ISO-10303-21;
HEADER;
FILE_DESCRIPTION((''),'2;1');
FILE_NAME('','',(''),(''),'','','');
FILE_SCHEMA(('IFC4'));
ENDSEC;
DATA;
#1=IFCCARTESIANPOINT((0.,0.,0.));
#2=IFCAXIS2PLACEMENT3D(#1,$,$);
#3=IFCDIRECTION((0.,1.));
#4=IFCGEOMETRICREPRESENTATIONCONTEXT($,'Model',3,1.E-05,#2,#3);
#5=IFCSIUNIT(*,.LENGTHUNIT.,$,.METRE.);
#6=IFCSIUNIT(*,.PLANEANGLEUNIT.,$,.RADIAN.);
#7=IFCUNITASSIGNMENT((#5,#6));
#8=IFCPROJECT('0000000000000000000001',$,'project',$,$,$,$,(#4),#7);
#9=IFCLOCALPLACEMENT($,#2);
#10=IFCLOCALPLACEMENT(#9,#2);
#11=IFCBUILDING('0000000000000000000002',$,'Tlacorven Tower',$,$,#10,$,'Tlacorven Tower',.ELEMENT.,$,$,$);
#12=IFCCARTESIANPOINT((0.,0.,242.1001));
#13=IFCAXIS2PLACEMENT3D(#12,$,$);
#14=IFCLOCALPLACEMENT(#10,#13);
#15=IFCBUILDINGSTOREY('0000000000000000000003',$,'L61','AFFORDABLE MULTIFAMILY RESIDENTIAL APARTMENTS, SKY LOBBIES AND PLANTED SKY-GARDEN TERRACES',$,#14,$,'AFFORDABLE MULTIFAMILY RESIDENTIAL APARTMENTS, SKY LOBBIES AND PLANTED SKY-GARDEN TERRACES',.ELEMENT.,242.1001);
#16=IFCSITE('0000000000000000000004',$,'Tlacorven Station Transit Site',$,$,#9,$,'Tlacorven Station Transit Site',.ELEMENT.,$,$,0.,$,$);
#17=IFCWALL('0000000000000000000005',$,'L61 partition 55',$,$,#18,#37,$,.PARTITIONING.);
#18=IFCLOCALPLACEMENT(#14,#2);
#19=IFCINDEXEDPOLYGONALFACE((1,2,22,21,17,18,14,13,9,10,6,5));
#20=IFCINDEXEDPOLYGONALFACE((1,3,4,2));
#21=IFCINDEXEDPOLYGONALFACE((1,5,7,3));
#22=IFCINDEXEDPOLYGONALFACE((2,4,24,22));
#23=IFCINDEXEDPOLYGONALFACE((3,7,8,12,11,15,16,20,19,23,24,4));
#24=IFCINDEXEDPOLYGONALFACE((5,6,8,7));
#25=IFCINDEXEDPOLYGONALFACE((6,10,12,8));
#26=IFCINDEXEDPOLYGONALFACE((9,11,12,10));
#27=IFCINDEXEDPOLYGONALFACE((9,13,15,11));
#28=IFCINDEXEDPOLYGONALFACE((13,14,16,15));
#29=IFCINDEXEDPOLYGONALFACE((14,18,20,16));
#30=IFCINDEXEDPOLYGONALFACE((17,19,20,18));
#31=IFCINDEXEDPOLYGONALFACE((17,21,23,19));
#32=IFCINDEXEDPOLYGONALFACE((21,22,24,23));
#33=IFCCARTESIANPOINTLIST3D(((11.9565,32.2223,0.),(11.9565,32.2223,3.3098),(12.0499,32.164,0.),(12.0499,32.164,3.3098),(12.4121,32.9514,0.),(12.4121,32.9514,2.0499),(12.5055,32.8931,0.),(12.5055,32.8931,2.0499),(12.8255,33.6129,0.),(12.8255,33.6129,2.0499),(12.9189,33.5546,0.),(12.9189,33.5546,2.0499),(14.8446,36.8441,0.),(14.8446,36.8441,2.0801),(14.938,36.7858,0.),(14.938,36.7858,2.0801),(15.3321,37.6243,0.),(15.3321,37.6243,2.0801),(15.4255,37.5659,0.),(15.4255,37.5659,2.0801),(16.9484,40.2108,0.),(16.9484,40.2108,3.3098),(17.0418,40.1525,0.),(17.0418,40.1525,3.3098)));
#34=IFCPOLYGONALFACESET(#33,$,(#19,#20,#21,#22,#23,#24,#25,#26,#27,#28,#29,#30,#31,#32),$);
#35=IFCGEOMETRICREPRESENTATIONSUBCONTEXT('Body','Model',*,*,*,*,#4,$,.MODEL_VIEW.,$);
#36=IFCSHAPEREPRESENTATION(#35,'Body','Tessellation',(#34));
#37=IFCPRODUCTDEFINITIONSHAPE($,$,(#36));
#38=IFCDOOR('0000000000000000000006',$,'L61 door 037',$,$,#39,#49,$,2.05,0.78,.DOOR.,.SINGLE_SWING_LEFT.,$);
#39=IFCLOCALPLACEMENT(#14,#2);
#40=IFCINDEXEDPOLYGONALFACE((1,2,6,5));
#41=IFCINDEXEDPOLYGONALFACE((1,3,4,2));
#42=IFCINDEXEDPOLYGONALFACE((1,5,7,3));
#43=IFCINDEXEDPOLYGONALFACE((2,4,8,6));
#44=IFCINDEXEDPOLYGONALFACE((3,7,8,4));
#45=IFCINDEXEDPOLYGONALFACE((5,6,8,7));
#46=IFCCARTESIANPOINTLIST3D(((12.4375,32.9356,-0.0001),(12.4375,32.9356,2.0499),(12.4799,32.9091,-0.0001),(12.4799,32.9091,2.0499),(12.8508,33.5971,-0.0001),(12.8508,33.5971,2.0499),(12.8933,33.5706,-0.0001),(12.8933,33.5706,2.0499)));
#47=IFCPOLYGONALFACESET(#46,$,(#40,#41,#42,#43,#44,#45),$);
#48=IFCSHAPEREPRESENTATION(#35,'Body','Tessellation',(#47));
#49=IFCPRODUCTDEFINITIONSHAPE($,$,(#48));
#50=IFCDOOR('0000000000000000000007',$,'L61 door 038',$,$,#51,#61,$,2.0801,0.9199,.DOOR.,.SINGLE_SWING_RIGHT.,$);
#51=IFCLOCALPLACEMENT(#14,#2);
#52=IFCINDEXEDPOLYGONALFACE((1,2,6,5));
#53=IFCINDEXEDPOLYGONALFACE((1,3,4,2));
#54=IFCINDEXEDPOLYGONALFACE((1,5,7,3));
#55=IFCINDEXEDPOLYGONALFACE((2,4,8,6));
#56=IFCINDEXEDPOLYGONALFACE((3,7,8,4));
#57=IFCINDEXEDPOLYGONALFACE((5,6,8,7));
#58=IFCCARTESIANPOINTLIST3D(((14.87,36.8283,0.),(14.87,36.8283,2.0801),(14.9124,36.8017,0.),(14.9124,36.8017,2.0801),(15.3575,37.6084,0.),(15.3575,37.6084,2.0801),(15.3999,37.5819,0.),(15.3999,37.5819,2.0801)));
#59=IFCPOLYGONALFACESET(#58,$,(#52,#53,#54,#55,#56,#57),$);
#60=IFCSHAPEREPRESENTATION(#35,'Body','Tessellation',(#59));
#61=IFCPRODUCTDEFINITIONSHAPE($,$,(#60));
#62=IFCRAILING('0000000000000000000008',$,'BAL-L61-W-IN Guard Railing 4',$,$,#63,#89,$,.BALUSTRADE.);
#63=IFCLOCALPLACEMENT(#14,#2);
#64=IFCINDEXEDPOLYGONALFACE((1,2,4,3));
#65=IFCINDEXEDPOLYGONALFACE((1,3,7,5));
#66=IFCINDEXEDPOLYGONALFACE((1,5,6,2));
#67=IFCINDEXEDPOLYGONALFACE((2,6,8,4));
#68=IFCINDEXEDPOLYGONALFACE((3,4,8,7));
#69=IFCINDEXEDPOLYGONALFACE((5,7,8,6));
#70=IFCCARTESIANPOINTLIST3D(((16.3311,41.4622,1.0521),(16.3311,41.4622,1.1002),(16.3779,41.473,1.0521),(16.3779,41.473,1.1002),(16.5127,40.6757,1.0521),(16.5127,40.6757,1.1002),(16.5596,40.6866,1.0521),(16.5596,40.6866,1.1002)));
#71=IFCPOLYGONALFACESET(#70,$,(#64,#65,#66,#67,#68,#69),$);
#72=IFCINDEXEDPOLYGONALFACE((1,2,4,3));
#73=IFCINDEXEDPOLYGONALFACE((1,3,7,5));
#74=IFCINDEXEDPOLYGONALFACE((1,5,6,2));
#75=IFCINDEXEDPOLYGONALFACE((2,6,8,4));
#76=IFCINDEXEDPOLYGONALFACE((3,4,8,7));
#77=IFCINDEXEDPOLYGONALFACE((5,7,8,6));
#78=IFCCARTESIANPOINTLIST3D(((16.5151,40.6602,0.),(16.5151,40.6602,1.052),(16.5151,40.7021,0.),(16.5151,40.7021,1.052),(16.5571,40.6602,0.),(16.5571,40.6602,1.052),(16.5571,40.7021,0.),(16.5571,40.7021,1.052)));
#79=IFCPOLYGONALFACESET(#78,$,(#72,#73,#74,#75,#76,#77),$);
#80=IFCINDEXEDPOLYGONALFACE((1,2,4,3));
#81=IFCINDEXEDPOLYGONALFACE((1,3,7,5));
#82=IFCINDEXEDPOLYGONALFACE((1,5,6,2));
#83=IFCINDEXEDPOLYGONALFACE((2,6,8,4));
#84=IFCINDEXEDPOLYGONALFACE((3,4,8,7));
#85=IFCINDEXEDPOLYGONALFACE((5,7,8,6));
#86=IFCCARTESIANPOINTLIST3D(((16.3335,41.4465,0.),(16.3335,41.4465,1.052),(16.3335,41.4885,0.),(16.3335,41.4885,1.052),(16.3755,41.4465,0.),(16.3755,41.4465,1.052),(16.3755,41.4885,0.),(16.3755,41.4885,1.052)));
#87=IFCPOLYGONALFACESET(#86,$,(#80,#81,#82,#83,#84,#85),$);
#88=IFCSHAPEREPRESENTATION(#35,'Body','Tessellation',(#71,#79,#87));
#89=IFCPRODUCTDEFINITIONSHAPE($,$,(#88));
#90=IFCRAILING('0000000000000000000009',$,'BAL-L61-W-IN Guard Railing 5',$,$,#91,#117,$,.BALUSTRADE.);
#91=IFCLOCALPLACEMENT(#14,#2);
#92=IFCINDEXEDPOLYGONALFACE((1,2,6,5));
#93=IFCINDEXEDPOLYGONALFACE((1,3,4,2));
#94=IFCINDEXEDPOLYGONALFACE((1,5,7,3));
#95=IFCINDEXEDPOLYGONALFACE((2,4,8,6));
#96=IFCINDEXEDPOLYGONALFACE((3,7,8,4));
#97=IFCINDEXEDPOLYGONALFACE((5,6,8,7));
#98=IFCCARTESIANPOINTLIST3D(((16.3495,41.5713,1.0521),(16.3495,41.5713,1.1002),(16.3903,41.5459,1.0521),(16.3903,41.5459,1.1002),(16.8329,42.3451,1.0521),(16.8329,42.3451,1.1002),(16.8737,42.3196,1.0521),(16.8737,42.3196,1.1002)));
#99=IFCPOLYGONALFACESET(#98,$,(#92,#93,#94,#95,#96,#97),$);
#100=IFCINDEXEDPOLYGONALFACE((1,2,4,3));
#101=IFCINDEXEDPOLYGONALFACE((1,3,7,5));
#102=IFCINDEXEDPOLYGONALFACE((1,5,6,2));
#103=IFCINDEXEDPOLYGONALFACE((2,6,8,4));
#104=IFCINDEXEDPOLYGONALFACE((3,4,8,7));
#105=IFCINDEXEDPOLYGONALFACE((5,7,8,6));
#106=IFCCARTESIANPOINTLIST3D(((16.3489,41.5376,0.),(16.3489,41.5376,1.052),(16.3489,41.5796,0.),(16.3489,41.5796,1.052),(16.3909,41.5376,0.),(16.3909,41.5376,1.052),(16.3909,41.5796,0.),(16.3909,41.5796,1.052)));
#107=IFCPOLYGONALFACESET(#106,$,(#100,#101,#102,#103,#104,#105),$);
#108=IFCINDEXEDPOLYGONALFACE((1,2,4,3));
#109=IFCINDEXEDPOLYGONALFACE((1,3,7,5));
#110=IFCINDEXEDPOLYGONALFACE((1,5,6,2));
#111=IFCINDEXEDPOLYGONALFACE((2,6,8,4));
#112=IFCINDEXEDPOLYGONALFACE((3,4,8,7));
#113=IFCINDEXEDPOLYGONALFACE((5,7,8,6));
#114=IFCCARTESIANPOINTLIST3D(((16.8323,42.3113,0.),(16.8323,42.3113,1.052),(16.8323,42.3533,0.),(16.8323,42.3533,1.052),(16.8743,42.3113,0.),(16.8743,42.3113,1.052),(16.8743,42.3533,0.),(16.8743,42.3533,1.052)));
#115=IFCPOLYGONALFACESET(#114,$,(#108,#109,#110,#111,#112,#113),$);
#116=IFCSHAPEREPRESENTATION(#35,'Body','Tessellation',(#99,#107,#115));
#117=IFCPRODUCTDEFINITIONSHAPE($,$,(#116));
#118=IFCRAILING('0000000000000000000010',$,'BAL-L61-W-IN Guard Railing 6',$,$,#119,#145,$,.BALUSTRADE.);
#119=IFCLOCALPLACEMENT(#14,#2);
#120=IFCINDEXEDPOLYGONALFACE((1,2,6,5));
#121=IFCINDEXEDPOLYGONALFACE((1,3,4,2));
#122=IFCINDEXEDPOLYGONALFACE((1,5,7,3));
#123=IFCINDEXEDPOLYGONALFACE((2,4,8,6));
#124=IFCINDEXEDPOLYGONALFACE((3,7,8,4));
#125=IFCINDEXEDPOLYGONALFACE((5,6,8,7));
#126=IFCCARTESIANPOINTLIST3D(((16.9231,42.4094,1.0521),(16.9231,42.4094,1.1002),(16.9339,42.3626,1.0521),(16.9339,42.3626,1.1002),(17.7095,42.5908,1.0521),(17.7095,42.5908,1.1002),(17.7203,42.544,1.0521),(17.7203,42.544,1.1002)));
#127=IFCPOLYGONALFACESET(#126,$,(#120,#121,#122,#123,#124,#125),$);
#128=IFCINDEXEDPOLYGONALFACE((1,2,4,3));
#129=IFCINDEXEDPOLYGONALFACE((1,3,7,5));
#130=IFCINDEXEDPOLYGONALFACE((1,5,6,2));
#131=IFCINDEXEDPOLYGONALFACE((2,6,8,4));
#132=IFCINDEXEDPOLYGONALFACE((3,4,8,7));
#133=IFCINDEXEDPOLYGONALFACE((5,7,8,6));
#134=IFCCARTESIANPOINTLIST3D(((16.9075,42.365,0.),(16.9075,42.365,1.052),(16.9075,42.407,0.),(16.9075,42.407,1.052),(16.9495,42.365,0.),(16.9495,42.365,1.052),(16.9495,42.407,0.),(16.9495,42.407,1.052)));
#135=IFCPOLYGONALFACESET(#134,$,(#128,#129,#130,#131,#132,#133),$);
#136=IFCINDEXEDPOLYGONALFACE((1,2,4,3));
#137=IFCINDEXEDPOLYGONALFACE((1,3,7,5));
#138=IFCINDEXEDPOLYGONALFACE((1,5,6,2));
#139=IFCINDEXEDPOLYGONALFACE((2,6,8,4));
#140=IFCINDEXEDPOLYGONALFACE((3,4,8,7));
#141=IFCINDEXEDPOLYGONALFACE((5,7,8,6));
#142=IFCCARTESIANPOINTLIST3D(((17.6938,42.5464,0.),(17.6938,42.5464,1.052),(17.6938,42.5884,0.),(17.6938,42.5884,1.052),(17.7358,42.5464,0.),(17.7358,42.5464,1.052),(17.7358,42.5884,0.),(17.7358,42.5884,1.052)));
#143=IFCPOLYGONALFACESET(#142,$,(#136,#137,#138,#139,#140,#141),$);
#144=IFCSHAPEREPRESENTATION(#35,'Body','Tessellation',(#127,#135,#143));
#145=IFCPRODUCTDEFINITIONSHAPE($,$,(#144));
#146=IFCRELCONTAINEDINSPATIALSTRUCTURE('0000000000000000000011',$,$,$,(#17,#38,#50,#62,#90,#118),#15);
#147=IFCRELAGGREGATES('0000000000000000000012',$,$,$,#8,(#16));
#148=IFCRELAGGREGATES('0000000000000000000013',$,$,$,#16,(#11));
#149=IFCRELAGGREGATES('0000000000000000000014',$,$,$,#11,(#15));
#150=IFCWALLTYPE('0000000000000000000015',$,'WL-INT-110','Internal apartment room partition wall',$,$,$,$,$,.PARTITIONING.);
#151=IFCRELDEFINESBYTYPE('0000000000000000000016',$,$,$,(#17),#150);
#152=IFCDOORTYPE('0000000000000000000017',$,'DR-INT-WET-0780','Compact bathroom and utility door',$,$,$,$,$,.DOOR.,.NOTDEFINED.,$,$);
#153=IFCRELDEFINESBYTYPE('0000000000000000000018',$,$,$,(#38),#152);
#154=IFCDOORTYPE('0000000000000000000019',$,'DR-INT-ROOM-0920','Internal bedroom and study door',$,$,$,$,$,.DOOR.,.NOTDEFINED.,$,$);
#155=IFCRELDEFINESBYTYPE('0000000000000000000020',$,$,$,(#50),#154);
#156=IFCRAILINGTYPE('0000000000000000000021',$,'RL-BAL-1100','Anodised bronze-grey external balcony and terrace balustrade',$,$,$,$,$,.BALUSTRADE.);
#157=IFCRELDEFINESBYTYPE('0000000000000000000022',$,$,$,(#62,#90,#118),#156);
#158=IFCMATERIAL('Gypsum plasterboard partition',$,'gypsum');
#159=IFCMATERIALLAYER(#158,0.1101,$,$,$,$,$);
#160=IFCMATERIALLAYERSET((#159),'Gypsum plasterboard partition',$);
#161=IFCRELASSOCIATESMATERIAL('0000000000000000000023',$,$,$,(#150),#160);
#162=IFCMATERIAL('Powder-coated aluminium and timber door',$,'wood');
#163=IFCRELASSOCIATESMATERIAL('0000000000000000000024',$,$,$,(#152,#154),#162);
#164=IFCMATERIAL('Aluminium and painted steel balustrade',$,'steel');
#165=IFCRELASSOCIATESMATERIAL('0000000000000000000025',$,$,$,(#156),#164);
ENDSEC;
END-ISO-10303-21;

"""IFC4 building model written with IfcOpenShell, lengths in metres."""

from ifc_helpers import new_model, si_unit, direction, frame, frame_2d, origin, origin_2d, place, context, subcontext, project, spatial, rectangle, extrude, source, transform, mapped, material, layer, layer_set, type_object, element, fill, save


model = new_model("IFC4")

# Units and contexts
model_context = context("Model", 3, precision=1e-05, world=origin(), true_north=direction((0.0, 1.0)))
body_context = subcontext(model_context, "Body", "Model", "MODEL_VIEW")
ifc_project = project(units=[si_unit("LENGTHUNIT", "METRE"), si_unit("PLANEANGLEUNIT", "RADIAN")], contexts=[model_context])

# Site, building, storey
site_placement = place(None, origin())
site = spatial("IfcSite", under=ifc_project, at=site_placement, Name="Tlacorven Station Transit Site", LongName="Tlacorven Station Transit Site", CompositionType="ELEMENT", RefElevation=0.0)
building_placement = place(site_placement, origin())
building = spatial("IfcBuilding", under=site, at=building_placement, Name="Tlacorven Tower", LongName="Tlacorven Tower", CompositionType="ELEMENT")
storey_placement = place(building_placement, frame((0.0, 0.0, 242.1001)))
storey = spatial("IfcBuildingStorey", under=building, at=storey_placement, Name="L61", Description="AFFORDABLE MULTIFAMILY RESIDENTIAL APARTMENTS, SKY LOBBIES AND PLANTED SKY-GARDEN TERRACES", LongName="AFFORDABLE MULTIFAMILY RESIDENTIAL APARTMENTS, SKY LOBBIES AND PLANTED SKY-GARDEN TERRACES", CompositionType="ELEMENT", Elevation=242.1001)

# Shared definitions
ifc_material_1 = material(Name="Powder-coated aluminium and timber door", Category="wood")

# Wall, openings, doors
ifc_material_2 = material(Name="Gypsum plasterboard partition", Category="gypsum")
ifc_layer_1 = layer(ifc_material_2, 0.1101)
ifc_layer_set_1 = layer_set([ifc_layer_1], Name="Gypsum plasterboard partition")
wall_type_1 = type_object("IfcWallType", Name="WL-INT-110", Description="Internal apartment room partition wall", PredefinedType="PARTITIONING", material=ifc_layer_set_1)
wall_1_placement = place(storey_placement, frame((16.9951, 40.1816, 0.0), z_axis=(0.0, 0.0, 1.0), x_axis=(-0.529931, -0.848041, 0.0)))
wall_1 = element("IfcWall", 1, at=wall_1_placement, inside=storey, type_object=wall_type_1, Name="L61 partition 55", PredefinedType="PARTITIONING", context=body_context, shape_type="SweptSolid", body=[
    extrude(rectangle(XDim=9.4199, YDim=0.1101, at=frame_2d((4.71, 0.0))), origin(), (0.0, 0.0, 1.0), 3.3098),
])
opening_1_placement = place(wall_1_placement, frame((7.78, 0.0, 0.0)))
opening_1 = element("IfcOpeningElement", 2, at=opening_1_placement, cuts=wall_1, PredefinedType="OPENING", context=body_context, shape_type="SweptSolid", body=[
    extrude(rectangle(XDim=0.78, YDim=2.05, at=frame_2d((0.3901, 1.0249))), frame((0.0, 0.0649, 0.0), z_axis=(0.0, -1.0, 0.0), x_axis=(1.0, 0.0, 0.0)), (0.0, 0.0, 1.0), 0.1301),
])
opening_2_placement = place(wall_1_placement, frame((3.05, 0.0, 0.0)))
opening_2 = element("IfcOpeningElement", 3, at=opening_2_placement, cuts=wall_1, PredefinedType="OPENING", context=body_context, shape_type="SweptSolid", body=[
    extrude(rectangle(XDim=0.9199, YDim=2.0801, at=frame_2d((0.46, 1.04))), frame((0.0, 0.0649, 0.0), z_axis=(0.0, -1.0, 0.0), x_axis=(1.0, 0.0, 0.0)), (0.0, 0.0, 1.0), 0.1301),
])
door_type_1 = type_object("IfcDoorType", Name="DR-INT-WET-0780", Description="Compact bathroom and utility door", OperationType="NOTDEFINED", PredefinedType="DOOR", material=ifc_material_1)
shared_shape_1 = source(origin(), body_context, "Body", "SweptSolid", [
    extrude(rectangle(XDim=0.78, YDim=2.05, at=frame_2d((0.3901, 1.0249))), frame((0.0, 0.0249, 0.0), z_axis=(0.0, -1.0, 0.0), x_axis=(1.0, 0.0, 0.0)), (0.0, 0.0, 1.0), 0.05),
])
door_1_placement = place(opening_1_placement, origin())
door_1 = element("IfcDoor", 4, at=door_1_placement, inside=storey, type_object=door_type_1, Name="L61 door 037", OperationType="SINGLE_SWING_LEFT", OverallHeight=2.05, OverallWidth=0.78, PredefinedType="DOOR", context=body_context, shape_type="MappedRepresentation", body=[
    mapped(shared_shape_1, transform((0.0, 0.0, 0.0), scale=1.0)),
])
fill(opening_1, door_1)
door_type_2 = type_object("IfcDoorType", Name="DR-INT-ROOM-0920", Description="Internal bedroom and study door", OperationType="NOTDEFINED", PredefinedType="DOOR", material=ifc_material_1)
shared_shape_2 = source(origin(), body_context, "Body", "SweptSolid", [
    extrude(rectangle(XDim=0.9199, YDim=2.0801, at=frame_2d((0.46, 1.04))), frame((0.0, 0.0249, 0.0), z_axis=(0.0, -1.0, 0.0), x_axis=(1.0, 0.0, 0.0)), (0.0, 0.0, 1.0), 0.05),
])
door_2_placement = place(opening_2_placement, origin())
door_2 = element("IfcDoor", 5, at=door_2_placement, inside=storey, type_object=door_type_2, Name="L61 door 038", OperationType="SINGLE_SWING_RIGHT", OverallHeight=2.0801, OverallWidth=0.9199, PredefinedType="DOOR", context=body_context, shape_type="MappedRepresentation", body=[
    mapped(shared_shape_2, transform((0.0, 0.0, 0.0), scale=1.0)),
])
fill(opening_2, door_2)

# Railings
ifc_material_3 = material(Name="Aluminium and painted steel balustrade", Category="steel")
railing_type = type_object("IfcRailingType", Name="RL-BAL-1100", Description="Anodised bronze-grey external balcony and terrace balustrade", PredefinedType="BALUSTRADE", material=ifc_material_3)
shared_shape_3 = source(origin(), body_context, "Body", "SweptSolid", [
    extrude(rectangle(XDim=0.0481, YDim=0.0481, at=origin_2d()), frame((0.0, 0.0, 1.0762), z_axis=(-0.225058, 0.974345, 0.0), x_axis=(-0.974345, -0.225058, 0.0)), (0.0, 0.0, 1.0), 0.8071),
    extrude(rectangle(XDim=0.042, YDim=0.042, at=origin_2d()), origin(), (0.0, 0.0, 1.0), 1.052),
    extrude(rectangle(XDim=0.042, YDim=0.042, at=origin_2d()), frame((-0.1816, 0.7864, 0.0)), (0.0, 0.0, 1.0), 1.052),
])
railing_1_placement = place(storey_placement, frame((16.5361, 40.6812, 0.0)))
element("IfcRailing", 6, at=railing_1_placement, inside=storey, type_object=railing_type, Name="BAL-L61-W-IN Guard Railing 4", PredefinedType="BALUSTRADE", context=body_context, shape_type="MappedRepresentation", body=[
    mapped(shared_shape_3, transform((0.0, 0.0, 0.0), scale=1.0)),
])
shared_shape_4 = source(origin(), body_context, "Body", "SweptSolid", [
    extrude(rectangle(XDim=0.0481, YDim=0.0481, at=origin_2d()), frame((0.0, 0.0, 1.0762), z_axis=(0.529879, 0.848073, 0.0), x_axis=(-0.848073, 0.529879, 0.0)), (0.0, 0.0, 1.0), 0.9124),
    extrude(rectangle(XDim=0.042, YDim=0.042, at=origin_2d()), origin(), (0.0, 0.0, 1.0), 1.052),
    extrude(rectangle(XDim=0.042, YDim=0.042, at=origin_2d()), frame((0.4834, 0.7737, 0.0)), (0.0, 0.0, 1.0), 1.052),
])
railing_2_placement = place(storey_placement, frame((16.3699, 41.5586, 0.0)))
element("IfcRailing", 7, at=railing_2_placement, inside=storey, type_object=railing_type, Name="BAL-L61-W-IN Guard Railing 5", PredefinedType="BALUSTRADE", context=body_context, shape_type="MappedRepresentation", body=[
    mapped(shared_shape_4, transform((0.0, 0.0, 0.0), scale=1.0)),
])
shared_shape_5 = source(origin(), body_context, "Body", "SweptSolid", [
    extrude(rectangle(XDim=0.0481, YDim=0.0481, at=origin_2d()), frame((0.0, 0.0, 1.0762), z_axis=(0.974412, 0.224771, 0.0), x_axis=(-0.224771, 0.974412, 0.0)), (0.0, 0.0, 1.0), 0.8071),
    extrude(rectangle(XDim=0.042, YDim=0.042, at=origin_2d()), origin(), (0.0, 0.0, 1.0), 1.052),
    extrude(rectangle(XDim=0.042, YDim=0.042, at=origin_2d()), frame((0.7864, 0.1814, 0.0)), (0.0, 0.0, 1.0), 1.052),
])
railing_3_placement = place(storey_placement, frame((16.9285, 42.386, 0.0)))
element("IfcRailing", 8, at=railing_3_placement, inside=storey, type_object=railing_type, Name="BAL-L61-W-IN Guard Railing 6", PredefinedType="BALUSTRADE", context=body_context, shape_type="MappedRepresentation", body=[
    mapped(shared_shape_5, transform((0.0, 0.0, 0.0), scale=1.0)),
])

save(model, "model.ifc")
